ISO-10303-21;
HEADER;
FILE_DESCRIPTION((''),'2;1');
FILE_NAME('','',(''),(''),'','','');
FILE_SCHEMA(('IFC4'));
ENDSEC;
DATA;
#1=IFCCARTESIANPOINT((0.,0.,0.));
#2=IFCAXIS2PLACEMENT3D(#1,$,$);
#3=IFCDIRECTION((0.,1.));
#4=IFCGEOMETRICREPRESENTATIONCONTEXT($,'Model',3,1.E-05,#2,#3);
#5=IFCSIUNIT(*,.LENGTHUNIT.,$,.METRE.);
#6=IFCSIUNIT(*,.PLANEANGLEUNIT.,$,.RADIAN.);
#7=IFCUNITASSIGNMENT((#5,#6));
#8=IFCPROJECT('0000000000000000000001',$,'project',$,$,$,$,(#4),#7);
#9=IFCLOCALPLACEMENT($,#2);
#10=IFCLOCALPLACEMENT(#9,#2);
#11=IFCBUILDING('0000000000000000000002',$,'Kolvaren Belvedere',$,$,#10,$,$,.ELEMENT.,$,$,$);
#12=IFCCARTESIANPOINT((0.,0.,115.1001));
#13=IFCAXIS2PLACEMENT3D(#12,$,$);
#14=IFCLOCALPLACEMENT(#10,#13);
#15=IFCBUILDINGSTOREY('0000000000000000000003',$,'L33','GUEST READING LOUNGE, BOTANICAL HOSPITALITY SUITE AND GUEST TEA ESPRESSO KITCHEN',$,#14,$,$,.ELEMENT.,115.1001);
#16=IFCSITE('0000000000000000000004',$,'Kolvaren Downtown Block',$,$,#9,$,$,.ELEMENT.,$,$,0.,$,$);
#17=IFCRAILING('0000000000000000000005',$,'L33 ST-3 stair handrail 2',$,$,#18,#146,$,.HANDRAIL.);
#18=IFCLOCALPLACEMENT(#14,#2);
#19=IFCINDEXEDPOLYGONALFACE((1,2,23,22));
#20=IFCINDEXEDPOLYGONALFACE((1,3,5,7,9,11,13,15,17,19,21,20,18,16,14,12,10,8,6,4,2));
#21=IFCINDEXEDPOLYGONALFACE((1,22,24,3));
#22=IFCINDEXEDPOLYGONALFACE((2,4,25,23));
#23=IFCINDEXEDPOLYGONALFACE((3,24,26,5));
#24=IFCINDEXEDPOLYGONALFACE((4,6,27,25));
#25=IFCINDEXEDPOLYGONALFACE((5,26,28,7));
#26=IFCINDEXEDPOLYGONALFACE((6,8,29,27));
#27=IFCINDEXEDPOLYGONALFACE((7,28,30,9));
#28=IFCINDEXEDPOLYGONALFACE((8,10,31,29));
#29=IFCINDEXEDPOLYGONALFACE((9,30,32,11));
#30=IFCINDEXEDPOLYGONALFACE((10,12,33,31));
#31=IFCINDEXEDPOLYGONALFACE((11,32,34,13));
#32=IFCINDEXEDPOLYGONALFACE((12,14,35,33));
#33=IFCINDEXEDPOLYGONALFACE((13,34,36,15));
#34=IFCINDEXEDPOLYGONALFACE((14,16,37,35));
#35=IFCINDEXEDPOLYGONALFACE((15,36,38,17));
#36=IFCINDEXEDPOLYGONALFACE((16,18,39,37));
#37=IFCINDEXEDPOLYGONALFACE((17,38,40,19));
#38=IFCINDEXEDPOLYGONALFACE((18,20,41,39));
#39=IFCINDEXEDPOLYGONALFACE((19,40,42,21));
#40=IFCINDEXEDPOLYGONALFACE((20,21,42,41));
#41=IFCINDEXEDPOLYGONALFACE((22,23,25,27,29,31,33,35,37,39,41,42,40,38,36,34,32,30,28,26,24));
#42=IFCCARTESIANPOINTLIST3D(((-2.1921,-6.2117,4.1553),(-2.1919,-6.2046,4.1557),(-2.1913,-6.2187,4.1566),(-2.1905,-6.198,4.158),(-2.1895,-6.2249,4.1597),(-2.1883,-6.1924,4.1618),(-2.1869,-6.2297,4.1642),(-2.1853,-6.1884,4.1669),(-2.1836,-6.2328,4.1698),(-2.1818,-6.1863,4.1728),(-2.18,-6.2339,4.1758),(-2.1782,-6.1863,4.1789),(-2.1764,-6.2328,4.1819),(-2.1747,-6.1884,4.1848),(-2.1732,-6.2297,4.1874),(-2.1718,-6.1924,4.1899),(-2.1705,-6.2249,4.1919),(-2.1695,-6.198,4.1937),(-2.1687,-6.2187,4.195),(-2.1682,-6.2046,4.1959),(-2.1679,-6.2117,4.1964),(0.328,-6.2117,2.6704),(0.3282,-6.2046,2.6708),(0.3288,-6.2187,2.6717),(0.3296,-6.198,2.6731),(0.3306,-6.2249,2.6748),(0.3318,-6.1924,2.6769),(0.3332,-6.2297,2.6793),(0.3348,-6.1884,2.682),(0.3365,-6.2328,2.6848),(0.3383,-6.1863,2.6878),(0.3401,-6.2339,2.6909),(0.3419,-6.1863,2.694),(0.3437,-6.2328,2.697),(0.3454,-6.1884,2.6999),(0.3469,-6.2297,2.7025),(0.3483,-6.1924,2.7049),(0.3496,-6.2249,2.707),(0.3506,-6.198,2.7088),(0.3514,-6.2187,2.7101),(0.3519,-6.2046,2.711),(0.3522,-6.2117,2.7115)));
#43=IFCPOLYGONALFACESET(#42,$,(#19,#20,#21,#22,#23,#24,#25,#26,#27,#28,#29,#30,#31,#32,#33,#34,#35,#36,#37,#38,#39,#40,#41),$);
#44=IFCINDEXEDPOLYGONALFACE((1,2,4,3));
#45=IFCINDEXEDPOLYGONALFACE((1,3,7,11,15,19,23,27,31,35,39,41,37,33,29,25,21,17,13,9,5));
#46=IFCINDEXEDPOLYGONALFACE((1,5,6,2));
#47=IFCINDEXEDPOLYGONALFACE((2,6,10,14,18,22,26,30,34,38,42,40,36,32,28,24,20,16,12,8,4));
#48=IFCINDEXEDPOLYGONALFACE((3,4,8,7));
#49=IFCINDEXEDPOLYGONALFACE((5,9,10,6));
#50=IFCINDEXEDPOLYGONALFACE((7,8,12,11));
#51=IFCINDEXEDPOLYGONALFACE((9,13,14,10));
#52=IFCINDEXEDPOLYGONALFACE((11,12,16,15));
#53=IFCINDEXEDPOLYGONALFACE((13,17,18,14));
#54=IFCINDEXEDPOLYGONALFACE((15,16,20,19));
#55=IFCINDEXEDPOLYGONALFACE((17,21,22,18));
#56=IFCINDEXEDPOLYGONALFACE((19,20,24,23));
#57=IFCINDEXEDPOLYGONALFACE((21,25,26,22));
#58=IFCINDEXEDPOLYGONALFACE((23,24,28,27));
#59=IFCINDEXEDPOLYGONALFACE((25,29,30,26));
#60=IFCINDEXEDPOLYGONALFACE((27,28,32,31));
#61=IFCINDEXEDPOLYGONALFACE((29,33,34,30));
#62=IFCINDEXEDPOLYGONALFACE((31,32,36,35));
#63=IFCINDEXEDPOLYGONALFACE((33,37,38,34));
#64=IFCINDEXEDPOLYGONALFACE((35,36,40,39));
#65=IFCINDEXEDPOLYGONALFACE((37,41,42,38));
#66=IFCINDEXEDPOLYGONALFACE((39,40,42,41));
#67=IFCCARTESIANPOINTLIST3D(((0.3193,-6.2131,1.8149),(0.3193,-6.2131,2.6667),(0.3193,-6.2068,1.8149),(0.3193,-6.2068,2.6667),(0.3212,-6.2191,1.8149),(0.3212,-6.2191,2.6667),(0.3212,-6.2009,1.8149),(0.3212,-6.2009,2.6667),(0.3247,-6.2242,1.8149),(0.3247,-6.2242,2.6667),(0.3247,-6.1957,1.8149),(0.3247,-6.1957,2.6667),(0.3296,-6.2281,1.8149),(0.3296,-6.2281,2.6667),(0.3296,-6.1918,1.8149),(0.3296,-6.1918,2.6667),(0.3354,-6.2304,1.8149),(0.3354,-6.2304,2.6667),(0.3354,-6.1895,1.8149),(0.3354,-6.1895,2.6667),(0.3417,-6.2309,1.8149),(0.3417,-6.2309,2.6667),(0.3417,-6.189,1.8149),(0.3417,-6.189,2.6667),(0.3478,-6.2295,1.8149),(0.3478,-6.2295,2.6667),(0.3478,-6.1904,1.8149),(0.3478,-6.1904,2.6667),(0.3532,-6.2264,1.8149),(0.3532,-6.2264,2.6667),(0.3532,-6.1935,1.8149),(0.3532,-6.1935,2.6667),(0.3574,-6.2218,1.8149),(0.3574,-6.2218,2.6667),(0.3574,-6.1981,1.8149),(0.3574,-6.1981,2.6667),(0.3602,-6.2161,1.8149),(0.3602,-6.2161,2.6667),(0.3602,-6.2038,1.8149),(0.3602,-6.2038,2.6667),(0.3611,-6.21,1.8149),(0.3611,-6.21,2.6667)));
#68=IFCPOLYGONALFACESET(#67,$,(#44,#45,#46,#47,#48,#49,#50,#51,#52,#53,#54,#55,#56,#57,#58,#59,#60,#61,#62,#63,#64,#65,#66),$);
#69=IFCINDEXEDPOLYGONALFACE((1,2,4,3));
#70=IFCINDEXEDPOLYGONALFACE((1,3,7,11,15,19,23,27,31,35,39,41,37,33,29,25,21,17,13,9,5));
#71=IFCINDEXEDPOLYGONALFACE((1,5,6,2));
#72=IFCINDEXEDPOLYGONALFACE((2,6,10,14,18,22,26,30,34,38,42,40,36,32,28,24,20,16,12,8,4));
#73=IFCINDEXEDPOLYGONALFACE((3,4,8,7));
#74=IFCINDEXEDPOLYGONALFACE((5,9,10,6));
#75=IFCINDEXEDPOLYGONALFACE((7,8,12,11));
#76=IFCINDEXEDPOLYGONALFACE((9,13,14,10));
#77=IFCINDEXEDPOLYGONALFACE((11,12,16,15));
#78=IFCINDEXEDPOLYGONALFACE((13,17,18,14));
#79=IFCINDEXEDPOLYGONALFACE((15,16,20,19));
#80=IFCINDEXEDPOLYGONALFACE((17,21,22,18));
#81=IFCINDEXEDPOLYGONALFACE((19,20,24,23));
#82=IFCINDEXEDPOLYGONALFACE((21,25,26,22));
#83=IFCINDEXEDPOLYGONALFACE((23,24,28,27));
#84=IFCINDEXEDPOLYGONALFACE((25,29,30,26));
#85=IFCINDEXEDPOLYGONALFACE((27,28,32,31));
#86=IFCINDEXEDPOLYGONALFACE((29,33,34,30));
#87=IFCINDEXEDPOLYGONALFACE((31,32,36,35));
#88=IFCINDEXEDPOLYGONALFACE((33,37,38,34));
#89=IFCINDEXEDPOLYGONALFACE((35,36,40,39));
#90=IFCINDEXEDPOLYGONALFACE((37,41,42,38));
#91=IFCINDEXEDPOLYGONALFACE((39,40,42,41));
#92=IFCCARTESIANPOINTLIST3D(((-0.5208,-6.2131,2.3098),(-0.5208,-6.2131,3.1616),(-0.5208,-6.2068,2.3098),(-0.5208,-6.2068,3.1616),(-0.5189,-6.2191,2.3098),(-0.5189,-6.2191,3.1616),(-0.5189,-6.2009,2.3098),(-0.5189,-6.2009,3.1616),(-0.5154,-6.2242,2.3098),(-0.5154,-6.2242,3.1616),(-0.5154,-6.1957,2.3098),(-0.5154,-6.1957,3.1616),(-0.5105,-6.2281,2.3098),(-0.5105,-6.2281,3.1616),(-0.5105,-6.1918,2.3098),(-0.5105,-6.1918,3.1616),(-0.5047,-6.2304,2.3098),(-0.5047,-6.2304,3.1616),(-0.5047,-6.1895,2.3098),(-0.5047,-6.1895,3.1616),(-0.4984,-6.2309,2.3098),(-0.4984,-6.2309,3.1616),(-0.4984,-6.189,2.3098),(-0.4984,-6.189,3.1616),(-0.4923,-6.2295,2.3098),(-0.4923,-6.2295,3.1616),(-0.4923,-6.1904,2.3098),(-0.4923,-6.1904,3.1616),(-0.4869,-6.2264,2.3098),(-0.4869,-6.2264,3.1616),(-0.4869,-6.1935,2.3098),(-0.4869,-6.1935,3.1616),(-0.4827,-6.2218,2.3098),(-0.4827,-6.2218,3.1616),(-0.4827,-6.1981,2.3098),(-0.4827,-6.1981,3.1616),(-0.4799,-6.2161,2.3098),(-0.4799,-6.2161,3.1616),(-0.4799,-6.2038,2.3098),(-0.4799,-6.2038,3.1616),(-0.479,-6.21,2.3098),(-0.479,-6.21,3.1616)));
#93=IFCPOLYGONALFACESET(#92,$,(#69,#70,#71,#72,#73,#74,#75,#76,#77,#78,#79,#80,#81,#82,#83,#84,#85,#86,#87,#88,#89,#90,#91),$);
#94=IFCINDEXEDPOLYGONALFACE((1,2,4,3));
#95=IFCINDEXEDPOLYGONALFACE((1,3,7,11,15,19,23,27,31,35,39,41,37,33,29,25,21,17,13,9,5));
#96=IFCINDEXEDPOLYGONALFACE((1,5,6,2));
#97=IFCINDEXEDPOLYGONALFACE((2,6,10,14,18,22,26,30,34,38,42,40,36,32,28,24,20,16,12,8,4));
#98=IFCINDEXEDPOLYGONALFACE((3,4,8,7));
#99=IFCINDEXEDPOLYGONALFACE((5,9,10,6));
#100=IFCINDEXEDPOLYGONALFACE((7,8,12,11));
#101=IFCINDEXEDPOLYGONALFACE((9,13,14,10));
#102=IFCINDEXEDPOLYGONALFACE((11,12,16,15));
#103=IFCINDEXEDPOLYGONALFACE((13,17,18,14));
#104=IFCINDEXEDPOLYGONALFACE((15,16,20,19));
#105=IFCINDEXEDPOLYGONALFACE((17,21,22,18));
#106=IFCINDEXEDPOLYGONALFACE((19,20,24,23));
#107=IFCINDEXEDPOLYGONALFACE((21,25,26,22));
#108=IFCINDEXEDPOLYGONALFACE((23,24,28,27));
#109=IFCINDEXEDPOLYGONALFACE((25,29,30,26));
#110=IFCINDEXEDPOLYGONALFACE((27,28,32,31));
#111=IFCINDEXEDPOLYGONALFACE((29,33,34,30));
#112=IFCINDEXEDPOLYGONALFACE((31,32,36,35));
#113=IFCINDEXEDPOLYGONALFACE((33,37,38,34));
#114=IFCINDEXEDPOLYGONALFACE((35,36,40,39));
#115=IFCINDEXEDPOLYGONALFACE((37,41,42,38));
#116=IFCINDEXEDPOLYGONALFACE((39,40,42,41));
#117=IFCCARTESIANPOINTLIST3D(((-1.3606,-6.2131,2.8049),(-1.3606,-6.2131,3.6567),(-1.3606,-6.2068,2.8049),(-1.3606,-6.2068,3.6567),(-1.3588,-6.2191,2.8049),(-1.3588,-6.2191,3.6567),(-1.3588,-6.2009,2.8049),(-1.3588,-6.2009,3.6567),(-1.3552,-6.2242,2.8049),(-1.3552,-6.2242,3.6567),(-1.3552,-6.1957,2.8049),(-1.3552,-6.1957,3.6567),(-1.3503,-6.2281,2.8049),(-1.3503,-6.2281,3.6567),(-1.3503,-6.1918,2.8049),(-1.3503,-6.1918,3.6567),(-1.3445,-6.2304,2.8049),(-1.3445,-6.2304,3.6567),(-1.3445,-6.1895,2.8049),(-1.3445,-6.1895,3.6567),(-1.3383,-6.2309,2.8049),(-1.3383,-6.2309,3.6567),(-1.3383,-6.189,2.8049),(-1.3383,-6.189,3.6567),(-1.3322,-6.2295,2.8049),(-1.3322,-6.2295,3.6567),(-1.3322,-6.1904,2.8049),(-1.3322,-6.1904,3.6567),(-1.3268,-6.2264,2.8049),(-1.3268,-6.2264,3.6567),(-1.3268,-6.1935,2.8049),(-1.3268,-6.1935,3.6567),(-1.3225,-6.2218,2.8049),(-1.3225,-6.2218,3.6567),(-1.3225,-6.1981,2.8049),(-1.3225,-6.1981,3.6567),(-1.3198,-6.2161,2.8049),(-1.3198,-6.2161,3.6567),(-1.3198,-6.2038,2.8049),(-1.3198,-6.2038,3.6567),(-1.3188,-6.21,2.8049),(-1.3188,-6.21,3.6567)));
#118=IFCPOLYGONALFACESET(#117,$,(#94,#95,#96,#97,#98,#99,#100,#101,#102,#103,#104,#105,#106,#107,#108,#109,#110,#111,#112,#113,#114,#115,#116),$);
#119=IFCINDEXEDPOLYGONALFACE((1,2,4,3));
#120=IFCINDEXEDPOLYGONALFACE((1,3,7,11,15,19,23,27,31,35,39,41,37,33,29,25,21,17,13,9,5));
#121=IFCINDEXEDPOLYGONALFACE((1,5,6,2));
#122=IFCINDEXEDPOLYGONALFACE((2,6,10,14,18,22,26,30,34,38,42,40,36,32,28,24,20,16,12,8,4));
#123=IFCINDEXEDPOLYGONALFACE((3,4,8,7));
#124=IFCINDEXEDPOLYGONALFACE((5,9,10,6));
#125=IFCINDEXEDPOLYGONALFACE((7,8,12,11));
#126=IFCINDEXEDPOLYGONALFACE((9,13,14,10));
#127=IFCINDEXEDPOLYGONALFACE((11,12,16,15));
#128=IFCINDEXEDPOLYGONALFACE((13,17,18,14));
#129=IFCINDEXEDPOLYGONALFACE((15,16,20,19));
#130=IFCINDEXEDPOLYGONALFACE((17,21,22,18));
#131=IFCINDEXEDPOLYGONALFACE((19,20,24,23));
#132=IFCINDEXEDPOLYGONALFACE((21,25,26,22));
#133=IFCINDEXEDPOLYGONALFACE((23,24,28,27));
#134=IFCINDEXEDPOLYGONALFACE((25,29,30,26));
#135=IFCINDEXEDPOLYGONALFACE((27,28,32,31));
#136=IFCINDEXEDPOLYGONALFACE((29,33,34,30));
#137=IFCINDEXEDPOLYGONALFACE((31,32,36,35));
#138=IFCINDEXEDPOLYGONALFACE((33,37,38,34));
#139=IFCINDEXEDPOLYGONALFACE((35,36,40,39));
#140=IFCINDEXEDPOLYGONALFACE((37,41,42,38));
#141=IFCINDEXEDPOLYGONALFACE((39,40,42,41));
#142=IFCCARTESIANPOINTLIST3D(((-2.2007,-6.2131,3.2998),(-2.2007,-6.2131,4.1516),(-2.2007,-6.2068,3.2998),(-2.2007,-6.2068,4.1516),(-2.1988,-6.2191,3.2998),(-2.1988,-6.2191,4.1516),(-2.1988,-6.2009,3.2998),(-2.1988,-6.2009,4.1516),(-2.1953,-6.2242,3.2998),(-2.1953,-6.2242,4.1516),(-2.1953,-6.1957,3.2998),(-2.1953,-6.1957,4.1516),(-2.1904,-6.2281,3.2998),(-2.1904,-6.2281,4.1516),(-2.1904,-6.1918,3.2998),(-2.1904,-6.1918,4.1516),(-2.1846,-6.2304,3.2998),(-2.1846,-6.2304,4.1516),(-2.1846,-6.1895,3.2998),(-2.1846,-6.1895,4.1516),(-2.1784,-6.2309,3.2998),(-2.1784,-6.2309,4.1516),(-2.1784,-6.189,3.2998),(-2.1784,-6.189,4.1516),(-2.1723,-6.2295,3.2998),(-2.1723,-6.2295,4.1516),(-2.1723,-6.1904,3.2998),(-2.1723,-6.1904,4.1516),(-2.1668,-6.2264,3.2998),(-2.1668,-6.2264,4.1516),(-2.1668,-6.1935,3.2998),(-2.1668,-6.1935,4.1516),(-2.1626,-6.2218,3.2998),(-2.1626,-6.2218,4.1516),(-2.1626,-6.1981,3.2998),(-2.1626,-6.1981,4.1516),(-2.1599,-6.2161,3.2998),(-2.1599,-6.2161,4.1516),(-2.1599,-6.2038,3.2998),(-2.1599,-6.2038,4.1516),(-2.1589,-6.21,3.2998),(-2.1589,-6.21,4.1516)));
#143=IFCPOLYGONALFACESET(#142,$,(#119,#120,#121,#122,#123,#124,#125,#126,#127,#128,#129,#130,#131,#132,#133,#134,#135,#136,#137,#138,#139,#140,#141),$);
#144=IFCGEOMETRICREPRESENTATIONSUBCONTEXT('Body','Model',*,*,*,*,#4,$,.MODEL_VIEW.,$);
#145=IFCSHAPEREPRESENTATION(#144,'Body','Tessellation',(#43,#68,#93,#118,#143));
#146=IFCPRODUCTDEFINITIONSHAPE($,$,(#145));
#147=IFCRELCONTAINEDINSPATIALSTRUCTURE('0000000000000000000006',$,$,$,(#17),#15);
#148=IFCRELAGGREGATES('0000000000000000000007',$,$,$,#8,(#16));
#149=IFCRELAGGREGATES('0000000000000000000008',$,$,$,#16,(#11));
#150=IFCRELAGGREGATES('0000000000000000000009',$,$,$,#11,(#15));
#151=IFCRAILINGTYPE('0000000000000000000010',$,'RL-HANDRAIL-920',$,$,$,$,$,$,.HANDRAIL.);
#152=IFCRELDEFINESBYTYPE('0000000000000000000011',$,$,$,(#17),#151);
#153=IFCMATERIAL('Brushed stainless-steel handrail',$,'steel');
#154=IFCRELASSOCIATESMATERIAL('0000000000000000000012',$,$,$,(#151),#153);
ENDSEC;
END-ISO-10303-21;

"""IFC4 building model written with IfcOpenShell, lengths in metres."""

from ifc_helpers import new_model, si_unit, direction, frame, origin, origin_2d, place, context, subcontext, project, spatial, circle, extrude, material, type_object, element, save


model = new_model("IFC4")

# Units and contexts
model_context = context("Model", 3, precision=1e-05, world=origin(), true_north=direction((0.0, 1.0)))
body_context = subcontext(model_context, "Body", "Model", "MODEL_VIEW")
ifc_project = project(units=[si_unit("LENGTHUNIT", "METRE"), si_unit("PLANEANGLEUNIT", "RADIAN")], contexts=[model_context])

# Site, building, storey
site_placement = place(None, origin())
site = spatial("IfcSite", under=ifc_project, at=site_placement, Name="Kolvaren Downtown Block", CompositionType="ELEMENT", RefElevation=0.0)
building_placement = place(site_placement, origin())
building = spatial("IfcBuilding", under=site, at=building_placement, Name="Kolvaren Belvedere", CompositionType="ELEMENT")
storey_placement = place(building_placement, frame((0.0, 0.0, 115.1001)))
storey = spatial("IfcBuildingStorey", under=building, at=storey_placement, Name="L33", Description="GUEST READING LOUNGE, BOTANICAL HOSPITALITY SUITE AND GUEST TEA ESPRESSO KITCHEN", CompositionType="ELEMENT", Elevation=115.1001)

# Railing
ifc_material_1 = material(Name="Brushed stainless-steel handrail", Category="steel")
railing_type_1 = type_object("IfcRailingType", Name="RL-HANDRAIL-920", PredefinedType="HANDRAIL", material=ifc_material_1)
railing_1_placement = place(storey_placement, frame((0.3401, -6.21, 1.8149)))
element("IfcRailing", 1, at=railing_1_placement, inside=storey, type_object=railing_type_1, Name="L33 ST-3 stair handrail 2", PredefinedType="HANDRAIL", context=body_context, shape_type="SweptSolid", body=[
    extrude(circle(Radius=0.0239, at=origin_2d()), frame((0.0, 0.0, 0.876), z_axis=(-0.861561, 0.0, 0.507655), x_axis=(0.0, -1.0, 0.0)), (0.0, 0.0, 1.0), 2.925),
    extrude(circle(Radius=0.021, at=origin_2d()), origin(), (0.0, 0.0, 1.0), 0.8518),
    extrude(circle(Radius=0.021, at=origin_2d()), frame((-0.8401, 0.0, 0.4949)), (0.0, 0.0, 1.0), 0.8518),
    extrude(circle(Radius=0.021, at=origin_2d()), frame((-1.6799, 0.0, 0.99)), (0.0, 0.0, 1.0), 0.8518),
    extrude(circle(Radius=0.021, at=origin_2d()), frame((-2.52, 0.0, 1.4849)), (0.0, 0.0, 1.0), 0.8518),
])

save(model, "model.ifc")
